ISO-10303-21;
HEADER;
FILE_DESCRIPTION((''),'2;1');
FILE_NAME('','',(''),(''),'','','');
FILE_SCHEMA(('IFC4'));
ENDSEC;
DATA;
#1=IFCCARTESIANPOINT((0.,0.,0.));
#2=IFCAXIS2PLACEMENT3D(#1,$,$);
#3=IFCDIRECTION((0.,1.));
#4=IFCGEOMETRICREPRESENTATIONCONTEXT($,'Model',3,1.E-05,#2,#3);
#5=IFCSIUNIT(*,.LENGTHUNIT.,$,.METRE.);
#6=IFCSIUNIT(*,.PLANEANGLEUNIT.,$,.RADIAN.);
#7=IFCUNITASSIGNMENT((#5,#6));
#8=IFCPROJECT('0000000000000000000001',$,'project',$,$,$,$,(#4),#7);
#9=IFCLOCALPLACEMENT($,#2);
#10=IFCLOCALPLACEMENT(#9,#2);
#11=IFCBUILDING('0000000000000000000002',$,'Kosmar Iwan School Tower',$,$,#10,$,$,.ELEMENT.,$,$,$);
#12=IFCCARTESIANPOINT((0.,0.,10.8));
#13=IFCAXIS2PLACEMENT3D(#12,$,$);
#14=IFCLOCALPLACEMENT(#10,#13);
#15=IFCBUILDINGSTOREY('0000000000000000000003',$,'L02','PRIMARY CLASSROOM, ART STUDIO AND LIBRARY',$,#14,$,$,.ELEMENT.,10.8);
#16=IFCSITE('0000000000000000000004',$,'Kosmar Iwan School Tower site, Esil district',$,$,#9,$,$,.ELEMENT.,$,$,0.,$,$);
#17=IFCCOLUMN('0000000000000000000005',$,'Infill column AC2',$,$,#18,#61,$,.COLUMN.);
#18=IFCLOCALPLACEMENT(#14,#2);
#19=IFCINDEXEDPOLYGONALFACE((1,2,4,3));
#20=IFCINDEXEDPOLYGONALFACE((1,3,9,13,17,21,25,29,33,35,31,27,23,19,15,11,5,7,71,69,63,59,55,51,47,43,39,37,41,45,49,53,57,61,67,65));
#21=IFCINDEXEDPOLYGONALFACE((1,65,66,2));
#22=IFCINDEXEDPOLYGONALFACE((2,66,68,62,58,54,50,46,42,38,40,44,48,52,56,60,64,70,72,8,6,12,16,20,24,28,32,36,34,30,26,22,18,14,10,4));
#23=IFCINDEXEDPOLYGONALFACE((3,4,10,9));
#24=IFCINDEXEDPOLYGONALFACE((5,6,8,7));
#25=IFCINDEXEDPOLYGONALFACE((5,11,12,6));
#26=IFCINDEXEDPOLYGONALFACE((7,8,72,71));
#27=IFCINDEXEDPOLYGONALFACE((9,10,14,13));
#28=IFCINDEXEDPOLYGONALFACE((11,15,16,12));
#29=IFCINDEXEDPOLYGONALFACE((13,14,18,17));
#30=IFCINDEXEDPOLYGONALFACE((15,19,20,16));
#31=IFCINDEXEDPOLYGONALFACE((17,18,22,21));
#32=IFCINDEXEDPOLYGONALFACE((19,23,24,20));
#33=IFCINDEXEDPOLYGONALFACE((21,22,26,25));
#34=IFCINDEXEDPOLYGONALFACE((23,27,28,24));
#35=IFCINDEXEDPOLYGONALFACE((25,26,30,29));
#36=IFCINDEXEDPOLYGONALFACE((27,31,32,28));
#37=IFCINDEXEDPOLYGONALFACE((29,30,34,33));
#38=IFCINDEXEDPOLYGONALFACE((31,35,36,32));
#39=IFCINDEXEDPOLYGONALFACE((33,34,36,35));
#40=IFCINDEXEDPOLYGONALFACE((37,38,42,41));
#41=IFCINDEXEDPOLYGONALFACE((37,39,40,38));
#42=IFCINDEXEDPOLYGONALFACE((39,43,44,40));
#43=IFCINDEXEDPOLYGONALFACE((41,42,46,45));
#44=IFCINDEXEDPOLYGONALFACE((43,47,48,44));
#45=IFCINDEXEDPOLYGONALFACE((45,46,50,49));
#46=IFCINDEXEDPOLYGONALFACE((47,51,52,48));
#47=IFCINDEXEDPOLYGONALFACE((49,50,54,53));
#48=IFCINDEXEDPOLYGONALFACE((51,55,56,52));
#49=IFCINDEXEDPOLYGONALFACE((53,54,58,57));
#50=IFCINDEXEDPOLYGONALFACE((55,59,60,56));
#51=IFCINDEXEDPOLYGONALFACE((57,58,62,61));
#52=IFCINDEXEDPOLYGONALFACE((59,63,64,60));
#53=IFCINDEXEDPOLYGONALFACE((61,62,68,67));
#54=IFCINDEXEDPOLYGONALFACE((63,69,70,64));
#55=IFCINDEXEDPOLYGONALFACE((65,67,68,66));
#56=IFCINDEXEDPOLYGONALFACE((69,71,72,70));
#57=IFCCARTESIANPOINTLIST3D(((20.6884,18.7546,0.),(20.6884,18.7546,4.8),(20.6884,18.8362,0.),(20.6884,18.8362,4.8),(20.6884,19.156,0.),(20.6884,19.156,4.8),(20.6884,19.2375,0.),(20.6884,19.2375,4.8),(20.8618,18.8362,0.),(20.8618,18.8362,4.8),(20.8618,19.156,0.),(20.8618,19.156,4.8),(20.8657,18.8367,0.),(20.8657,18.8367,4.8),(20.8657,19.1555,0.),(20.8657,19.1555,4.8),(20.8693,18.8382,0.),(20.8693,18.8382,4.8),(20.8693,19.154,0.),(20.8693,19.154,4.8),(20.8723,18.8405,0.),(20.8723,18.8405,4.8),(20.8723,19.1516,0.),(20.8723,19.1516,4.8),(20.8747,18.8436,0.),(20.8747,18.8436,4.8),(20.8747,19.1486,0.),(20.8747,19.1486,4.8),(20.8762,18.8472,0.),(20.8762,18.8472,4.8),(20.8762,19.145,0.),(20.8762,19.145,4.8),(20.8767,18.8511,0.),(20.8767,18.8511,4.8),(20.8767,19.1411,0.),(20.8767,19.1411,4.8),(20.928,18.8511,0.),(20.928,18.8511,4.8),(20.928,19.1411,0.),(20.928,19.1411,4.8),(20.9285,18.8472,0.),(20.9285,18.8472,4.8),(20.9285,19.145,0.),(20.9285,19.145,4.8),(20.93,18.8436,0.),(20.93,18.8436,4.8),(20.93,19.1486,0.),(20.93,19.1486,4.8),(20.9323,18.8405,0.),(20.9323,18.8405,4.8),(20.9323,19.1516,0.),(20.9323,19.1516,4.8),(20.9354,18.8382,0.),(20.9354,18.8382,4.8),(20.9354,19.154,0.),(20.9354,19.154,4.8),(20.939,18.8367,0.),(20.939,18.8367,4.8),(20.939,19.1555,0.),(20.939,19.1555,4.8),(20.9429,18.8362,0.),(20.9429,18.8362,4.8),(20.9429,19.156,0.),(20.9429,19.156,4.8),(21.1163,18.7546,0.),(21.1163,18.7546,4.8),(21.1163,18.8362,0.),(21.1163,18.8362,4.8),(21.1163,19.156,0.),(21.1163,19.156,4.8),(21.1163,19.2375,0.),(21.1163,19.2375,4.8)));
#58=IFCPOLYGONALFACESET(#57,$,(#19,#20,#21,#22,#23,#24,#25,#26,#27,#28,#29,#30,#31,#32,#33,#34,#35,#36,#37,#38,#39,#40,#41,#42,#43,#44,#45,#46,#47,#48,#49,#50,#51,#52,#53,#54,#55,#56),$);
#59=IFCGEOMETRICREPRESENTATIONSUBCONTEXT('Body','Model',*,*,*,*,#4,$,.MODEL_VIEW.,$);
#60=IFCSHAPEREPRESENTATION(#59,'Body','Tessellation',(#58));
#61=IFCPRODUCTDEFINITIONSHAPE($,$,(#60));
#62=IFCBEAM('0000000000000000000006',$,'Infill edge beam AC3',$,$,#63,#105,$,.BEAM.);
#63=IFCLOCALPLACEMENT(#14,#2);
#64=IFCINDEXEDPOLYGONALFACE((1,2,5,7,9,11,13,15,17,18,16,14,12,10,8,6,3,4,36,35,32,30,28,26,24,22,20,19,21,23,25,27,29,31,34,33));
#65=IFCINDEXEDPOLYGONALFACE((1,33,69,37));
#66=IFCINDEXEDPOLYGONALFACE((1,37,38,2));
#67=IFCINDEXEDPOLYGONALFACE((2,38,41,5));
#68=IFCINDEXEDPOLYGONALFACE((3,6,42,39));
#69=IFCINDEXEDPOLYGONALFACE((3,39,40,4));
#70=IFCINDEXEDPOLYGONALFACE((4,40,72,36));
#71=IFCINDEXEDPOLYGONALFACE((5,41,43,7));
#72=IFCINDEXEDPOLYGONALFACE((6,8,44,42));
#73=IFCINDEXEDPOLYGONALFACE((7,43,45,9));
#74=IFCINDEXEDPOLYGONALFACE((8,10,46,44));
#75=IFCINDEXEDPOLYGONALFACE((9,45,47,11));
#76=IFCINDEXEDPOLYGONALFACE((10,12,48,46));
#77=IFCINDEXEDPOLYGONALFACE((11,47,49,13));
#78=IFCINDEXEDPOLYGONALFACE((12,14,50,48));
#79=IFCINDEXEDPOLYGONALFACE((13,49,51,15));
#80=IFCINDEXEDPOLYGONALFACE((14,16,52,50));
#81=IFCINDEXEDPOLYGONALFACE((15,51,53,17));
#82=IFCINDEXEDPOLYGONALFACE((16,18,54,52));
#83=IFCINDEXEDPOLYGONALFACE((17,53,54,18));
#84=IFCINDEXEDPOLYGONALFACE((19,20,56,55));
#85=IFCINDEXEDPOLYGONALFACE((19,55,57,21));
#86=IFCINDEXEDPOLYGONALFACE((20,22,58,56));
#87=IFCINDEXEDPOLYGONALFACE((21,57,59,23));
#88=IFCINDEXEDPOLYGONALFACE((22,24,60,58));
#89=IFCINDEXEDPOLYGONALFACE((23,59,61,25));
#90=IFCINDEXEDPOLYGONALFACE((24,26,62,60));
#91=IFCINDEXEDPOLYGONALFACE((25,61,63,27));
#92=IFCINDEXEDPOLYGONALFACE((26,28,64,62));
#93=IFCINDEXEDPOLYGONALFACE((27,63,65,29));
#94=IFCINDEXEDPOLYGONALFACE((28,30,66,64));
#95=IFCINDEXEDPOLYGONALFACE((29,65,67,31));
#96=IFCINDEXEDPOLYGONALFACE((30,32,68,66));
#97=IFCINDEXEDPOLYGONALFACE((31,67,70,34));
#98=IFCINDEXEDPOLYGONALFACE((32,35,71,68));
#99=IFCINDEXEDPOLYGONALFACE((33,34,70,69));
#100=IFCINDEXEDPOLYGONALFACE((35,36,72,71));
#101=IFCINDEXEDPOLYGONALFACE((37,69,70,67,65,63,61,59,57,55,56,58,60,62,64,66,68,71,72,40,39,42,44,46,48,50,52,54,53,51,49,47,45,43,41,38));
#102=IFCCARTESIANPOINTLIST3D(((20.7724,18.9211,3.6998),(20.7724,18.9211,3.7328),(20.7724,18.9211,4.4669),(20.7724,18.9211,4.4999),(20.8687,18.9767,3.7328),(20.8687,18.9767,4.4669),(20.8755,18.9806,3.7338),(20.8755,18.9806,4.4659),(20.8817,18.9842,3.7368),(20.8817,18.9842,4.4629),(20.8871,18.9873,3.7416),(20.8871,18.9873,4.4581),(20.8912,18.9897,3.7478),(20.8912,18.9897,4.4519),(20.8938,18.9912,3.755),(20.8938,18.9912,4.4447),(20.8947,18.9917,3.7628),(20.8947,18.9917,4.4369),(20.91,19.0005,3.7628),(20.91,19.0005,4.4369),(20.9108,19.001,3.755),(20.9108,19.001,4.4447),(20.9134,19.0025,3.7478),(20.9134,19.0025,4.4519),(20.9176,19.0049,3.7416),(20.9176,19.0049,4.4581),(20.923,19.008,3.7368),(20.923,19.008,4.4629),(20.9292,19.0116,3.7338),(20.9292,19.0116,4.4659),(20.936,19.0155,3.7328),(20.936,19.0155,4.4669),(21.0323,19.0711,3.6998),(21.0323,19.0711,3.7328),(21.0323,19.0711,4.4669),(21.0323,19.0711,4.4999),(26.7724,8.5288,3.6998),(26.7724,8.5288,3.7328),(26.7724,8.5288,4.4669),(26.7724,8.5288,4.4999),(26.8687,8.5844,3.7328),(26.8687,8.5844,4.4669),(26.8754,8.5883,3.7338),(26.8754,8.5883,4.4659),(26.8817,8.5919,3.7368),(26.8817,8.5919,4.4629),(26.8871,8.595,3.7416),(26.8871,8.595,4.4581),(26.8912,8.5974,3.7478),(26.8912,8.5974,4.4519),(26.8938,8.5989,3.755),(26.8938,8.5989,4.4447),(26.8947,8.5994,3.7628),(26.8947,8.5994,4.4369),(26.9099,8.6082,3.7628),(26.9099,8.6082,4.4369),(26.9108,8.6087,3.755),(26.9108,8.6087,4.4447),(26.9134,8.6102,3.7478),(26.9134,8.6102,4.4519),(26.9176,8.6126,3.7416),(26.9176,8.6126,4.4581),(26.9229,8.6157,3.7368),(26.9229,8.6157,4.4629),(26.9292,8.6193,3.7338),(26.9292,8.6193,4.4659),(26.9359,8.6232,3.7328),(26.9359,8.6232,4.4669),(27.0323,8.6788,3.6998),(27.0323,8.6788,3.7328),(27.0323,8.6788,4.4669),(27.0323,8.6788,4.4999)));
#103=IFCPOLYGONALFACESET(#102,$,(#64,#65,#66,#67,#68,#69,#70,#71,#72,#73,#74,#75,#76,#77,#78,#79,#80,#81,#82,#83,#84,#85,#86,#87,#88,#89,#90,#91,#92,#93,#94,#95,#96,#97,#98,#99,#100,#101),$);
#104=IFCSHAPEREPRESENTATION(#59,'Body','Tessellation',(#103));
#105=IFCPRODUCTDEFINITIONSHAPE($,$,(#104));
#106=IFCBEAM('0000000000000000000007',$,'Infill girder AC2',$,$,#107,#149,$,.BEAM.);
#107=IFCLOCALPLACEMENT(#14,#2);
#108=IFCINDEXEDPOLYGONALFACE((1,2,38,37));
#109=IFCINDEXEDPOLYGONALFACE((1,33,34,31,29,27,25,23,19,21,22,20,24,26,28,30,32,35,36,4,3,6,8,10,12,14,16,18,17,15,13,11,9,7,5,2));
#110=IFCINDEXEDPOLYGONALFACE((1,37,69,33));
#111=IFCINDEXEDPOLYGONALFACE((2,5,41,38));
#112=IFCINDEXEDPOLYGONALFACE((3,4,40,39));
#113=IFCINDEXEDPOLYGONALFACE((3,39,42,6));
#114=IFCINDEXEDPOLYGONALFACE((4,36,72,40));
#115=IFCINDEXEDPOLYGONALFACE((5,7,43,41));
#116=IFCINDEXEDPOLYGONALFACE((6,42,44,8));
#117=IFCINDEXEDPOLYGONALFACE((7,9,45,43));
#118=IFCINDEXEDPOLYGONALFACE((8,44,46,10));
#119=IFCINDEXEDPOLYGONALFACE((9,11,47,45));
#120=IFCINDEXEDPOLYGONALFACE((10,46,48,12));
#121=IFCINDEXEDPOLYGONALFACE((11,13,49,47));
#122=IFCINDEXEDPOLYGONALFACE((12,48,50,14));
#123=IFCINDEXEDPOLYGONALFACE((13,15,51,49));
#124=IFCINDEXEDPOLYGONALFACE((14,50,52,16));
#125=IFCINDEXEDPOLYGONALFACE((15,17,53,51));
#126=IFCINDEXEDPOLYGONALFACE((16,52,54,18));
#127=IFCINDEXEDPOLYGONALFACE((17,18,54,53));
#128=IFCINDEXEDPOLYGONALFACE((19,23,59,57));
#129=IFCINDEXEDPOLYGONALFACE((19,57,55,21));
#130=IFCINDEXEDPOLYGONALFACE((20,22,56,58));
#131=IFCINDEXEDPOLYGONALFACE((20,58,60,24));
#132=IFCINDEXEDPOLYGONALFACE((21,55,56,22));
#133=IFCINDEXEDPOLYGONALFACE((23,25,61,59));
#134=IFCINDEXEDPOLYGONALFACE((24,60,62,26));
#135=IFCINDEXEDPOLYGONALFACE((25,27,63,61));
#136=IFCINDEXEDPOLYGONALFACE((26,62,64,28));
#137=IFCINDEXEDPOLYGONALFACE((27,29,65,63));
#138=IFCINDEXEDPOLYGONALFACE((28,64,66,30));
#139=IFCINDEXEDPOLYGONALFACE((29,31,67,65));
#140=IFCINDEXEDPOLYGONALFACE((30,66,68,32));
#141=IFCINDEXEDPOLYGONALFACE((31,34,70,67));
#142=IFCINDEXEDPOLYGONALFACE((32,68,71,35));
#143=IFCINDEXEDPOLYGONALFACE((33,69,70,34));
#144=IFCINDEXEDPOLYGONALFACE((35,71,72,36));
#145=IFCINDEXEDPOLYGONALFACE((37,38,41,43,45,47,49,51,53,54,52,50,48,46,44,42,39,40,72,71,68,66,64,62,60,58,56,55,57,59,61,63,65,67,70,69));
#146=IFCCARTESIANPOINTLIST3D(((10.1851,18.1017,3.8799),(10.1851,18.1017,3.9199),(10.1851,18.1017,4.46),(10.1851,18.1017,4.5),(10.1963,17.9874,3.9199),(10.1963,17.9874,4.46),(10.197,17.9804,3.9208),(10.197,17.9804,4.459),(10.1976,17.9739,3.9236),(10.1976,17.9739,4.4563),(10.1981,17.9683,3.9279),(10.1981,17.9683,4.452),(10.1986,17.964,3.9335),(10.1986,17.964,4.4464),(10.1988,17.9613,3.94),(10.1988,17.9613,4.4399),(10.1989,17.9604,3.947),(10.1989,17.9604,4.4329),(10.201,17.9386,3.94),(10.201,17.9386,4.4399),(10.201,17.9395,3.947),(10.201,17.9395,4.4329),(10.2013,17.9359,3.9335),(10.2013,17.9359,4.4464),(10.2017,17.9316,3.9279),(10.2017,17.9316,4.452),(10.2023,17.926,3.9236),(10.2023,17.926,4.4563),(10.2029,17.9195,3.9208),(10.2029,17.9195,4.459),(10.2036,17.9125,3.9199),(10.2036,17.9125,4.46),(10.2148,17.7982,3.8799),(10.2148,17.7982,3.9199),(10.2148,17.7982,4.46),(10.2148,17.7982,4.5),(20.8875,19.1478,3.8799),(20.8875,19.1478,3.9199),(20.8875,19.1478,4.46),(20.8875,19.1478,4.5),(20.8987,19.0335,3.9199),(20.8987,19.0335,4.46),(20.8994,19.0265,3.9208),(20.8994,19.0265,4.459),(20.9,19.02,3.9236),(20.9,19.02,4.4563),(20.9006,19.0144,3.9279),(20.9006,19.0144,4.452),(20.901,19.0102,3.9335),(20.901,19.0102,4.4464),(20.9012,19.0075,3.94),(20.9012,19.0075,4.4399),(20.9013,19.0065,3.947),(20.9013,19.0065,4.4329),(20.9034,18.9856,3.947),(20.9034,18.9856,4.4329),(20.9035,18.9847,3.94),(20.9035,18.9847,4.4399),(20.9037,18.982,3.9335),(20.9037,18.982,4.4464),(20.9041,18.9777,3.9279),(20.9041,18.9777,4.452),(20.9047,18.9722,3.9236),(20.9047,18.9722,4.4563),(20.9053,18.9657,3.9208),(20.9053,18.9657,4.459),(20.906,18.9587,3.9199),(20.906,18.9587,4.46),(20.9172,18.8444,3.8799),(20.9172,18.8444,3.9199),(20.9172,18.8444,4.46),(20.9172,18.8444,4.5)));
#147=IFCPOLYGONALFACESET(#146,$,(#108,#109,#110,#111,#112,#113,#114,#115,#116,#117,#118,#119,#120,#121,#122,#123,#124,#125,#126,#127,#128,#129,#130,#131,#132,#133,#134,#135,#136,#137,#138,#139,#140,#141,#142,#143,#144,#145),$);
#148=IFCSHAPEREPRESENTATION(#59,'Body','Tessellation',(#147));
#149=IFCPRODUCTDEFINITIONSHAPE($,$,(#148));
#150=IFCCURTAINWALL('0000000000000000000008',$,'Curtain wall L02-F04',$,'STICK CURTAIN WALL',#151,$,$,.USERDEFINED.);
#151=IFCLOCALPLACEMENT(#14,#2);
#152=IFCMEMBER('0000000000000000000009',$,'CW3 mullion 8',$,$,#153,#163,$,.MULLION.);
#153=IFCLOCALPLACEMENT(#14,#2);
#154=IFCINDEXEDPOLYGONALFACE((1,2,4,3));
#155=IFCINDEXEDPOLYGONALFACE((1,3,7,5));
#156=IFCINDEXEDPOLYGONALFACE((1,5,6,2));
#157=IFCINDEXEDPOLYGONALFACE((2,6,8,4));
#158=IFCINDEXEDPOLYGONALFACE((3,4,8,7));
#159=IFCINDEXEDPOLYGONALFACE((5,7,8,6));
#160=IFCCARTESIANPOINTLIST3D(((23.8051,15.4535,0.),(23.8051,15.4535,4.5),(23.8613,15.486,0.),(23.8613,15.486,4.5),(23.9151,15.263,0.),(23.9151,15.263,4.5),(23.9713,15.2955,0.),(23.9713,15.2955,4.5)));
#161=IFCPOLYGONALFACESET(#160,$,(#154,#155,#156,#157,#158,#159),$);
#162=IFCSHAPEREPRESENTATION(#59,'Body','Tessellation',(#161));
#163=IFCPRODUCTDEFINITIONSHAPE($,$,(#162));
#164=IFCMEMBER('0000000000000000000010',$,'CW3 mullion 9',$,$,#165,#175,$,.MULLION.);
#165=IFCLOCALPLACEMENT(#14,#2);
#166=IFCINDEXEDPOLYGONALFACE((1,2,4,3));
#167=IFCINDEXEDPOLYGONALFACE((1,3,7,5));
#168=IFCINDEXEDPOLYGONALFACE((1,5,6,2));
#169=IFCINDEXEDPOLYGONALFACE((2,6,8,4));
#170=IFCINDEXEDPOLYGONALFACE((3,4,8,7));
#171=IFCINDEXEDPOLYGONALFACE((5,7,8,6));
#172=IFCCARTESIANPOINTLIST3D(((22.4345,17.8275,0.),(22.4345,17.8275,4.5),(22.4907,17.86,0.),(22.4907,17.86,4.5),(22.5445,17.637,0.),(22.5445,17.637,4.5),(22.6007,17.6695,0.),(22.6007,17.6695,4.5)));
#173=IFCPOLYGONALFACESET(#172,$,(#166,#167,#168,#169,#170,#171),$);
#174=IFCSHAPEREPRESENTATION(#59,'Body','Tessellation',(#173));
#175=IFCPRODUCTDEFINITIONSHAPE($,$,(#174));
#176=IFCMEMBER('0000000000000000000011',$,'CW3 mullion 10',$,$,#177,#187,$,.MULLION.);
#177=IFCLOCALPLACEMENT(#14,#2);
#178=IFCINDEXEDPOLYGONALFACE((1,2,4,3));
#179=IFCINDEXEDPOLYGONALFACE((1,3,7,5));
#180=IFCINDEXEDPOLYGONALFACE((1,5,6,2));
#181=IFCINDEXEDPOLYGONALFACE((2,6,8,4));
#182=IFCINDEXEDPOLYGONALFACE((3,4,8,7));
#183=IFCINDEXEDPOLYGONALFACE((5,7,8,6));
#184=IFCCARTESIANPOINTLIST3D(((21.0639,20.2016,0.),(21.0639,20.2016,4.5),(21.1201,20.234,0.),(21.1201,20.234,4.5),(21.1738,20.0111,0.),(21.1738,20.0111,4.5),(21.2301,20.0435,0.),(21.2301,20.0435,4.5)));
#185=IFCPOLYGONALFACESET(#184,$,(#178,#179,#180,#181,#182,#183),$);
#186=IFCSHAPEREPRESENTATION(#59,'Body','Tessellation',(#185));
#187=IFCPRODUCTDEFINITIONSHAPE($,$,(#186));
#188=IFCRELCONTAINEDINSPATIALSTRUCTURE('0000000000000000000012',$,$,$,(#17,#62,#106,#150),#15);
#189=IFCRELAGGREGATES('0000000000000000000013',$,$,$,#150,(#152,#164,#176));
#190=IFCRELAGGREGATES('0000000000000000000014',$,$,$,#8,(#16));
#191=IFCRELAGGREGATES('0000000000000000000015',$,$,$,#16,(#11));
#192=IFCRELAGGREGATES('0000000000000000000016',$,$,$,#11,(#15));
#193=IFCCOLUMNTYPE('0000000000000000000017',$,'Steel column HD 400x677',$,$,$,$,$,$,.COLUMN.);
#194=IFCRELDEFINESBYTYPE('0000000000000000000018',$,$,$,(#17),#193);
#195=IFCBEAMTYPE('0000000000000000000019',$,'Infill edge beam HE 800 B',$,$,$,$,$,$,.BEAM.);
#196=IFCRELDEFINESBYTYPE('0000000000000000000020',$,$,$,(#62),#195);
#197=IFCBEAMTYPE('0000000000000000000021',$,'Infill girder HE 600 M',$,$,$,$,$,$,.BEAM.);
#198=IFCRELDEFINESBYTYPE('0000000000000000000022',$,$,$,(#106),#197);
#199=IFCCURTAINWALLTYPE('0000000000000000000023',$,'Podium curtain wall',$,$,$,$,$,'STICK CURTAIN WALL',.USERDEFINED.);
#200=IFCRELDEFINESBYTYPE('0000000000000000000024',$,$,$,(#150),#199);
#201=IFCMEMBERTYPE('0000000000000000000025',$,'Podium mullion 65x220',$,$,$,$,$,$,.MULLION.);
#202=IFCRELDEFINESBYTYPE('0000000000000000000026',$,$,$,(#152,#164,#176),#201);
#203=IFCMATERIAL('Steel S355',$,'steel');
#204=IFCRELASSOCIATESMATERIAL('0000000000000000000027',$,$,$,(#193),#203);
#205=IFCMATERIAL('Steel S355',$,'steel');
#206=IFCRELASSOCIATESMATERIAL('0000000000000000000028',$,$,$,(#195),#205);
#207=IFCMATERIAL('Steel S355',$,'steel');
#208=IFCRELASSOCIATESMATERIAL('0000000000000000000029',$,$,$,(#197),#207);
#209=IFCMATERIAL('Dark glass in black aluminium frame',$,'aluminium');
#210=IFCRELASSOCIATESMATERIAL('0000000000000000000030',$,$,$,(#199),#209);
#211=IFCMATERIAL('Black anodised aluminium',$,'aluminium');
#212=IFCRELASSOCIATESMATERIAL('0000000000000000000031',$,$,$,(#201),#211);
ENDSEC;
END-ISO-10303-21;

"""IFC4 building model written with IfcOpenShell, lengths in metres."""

from ifc_helpers import new_model, si_unit, direction, frame, origin, origin_2d, place, context, subcontext, project, spatial, rectangle, i_section, extrude, material, material_profile, profile_set, type_object, element, aggregate, save


model = new_model("IFC4")

# Units and contexts
model_context = context("Model", 3, precision=1e-05, world=origin(), true_north=direction((0.0, 1.0)))
body_context = subcontext(model_context, "Body", "Model", "MODEL_VIEW")
ifc_project = project(units=[si_unit("LENGTHUNIT", "METRE"), si_unit("PLANEANGLEUNIT", "RADIAN")], contexts=[model_context])

# Site, building, storey
site_placement = place(None, origin())
site = spatial("IfcSite", under=ifc_project, at=site_placement, Name="Kosmar Iwan School Tower site, Esil district", CompositionType="ELEMENT", RefElevation=0.0)
building_placement = place(site_placement, origin())
building = spatial("IfcBuilding", under=site, at=building_placement, Name="Kosmar Iwan School Tower", CompositionType="ELEMENT")
storey_placement = place(building_placement, frame((0.0, 0.0, 10.8)))
storey = spatial("IfcBuildingStorey", under=building, at=storey_placement, Name="L02", Description="PRIMARY CLASSROOM, ART STUDIO AND LIBRARY", CompositionType="ELEMENT", Elevation=10.8)

# Column
ifc_material_1 = material(Name="Steel S355", Category="steel")
ifc_material_profile_1 = material_profile(ifc_material_1, i_section(OverallWidth=0.428, OverallDepth=0.4829, WebThickness=0.0513, FlangeThickness=0.0815, FilletRadius=0.0149, at=origin_2d()), Name="HD 400x677")
ifc_profile_set_1 = profile_set([ifc_material_profile_1], Name="Steel S355")
column_type = type_object("IfcColumnType", Name="Steel column HD 400x677", PredefinedType="COLUMN", material=ifc_profile_set_1)
column_placement = place(storey_placement, frame((20.9023, 18.9961, 0.0), z_axis=(0.0, 0.0, 1.0), x_axis=(1.0, 0.0, 0.0)))
element("IfcColumn", 1, at=column_placement, inside=storey, type_object=column_type, Name="Infill column AC2", PredefinedType="COLUMN", context=body_context, shape_type="SweptSolid", body=[
    extrude(i_section(OverallWidth=0.428, OverallDepth=0.4829, WebThickness=0.0513, FlangeThickness=0.0815, FilletRadius=0.0149, at=origin_2d()), origin(), (0.0, 0.0, 1.0), 4.8),
])

# Beams
ifc_material_2 = material(Name="Steel S355", Category="steel")
ifc_material_profile_2 = material_profile(ifc_material_2, i_section(OverallWidth=0.3, OverallDepth=0.8, WebThickness=0.0176, FlangeThickness=0.033, FilletRadius=0.03, at=origin_2d()), Name="HE 800 B")
ifc_profile_set_2 = profile_set([ifc_material_profile_2], Name="Steel S355")
beam_type_1 = type_object("IfcBeamType", Name="Infill edge beam HE 800 B", PredefinedType="BEAM", material=ifc_profile_set_2)
beam_1_placement = place(storey_placement, frame((20.9023, 18.9961, 4.0999), z_axis=(0.499999, -0.866026, 0.0), x_axis=(0.866026, 0.499999, 0.0)))
element("IfcBeam", 2, at=beam_1_placement, inside=storey, type_object=beam_type_1, Name="Infill edge beam AC3", PredefinedType="BEAM", context=body_context, shape_type="SweptSolid", body=[
    extrude(i_section(OverallWidth=0.3, OverallDepth=0.8, WebThickness=0.0176, FlangeThickness=0.033, FilletRadius=0.03, at=origin_2d()), origin(), (0.0, 0.0, 1.0), 12.0),
])
ifc_material_3 = material(Name="Steel S355", Category="steel")
ifc_material_profile_3 = material_profile(ifc_material_3, i_section(OverallWidth=0.3049, OverallDepth=0.6201, WebThickness=0.021, FlangeThickness=0.04, FilletRadius=0.0271, at=origin_2d()), Name="HE 600 M")
ifc_profile_set_3 = profile_set([ifc_material_profile_3], Name="Steel S355")
beam_type_2 = type_object("IfcBeamType", Name="Infill girder HE 600 M", PredefinedType="BEAM", material=ifc_profile_set_3)
beam_2_placement = place(storey_placement, frame((20.9023, 18.9961, 4.1899), z_axis=(-0.995257, -0.097285, 0.0), x_axis=(0.097285, -0.995257, 0.0)))
element("IfcBeam", 3, at=beam_2_placement, inside=storey, type_object=beam_type_2, Name="Infill girder AC2", PredefinedType="BEAM", context=body_context, shape_type="SweptSolid", body=[
    extrude(i_section(OverallWidth=0.3049, OverallDepth=0.6201, WebThickness=0.021, FlangeThickness=0.04, FilletRadius=0.0271, at=origin_2d()), origin(), (0.0, 0.0, 1.0), 10.7534),
])

# Curtain wall, members
ifc_material_4 = material(Name="Dark glass in black aluminium frame", Category="aluminium")
curtain_wall_type = type_object("IfcCurtainWallType", Name="Podium curtain wall", ElementType="STICK CURTAIN WALL", PredefinedType="USERDEFINED", material=ifc_material_4)
curtain_wall_placement = place(storey_placement, origin())
curtain_wall = element("IfcCurtainWall", 4, at=curtain_wall_placement, inside=storey, type_object=curtain_wall_type, Name="Curtain wall L02-F04", ObjectType="STICK CURTAIN WALL", PredefinedType="USERDEFINED")
ifc_material_5 = material(Name="Black anodised aluminium", Category="aluminium")
ifc_material_profile_4 = material_profile(ifc_material_5, rectangle(XDim=0.0649, YDim=0.22, at=origin_2d()), Name="MULLION 65x220")
ifc_profile_set_4 = profile_set([ifc_material_profile_4], Name="Black anodised aluminium")
member_type_1 = type_object("IfcMemberType", Name="Podium mullion 65x220", PredefinedType="MULLION", material=ifc_profile_set_4)
member_1_placement = place(storey_placement, frame((23.8882, 15.3745, 0.0), z_axis=(0.0, 0.0, 1.0), x_axis=(-0.866025, -0.5, 0.0)))
member_1 = element("IfcMember", 5, at=member_1_placement, type_object=member_type_1, Name="CW3 mullion 8", PredefinedType="MULLION", context=body_context, shape_type="SweptSolid", body=[
    extrude(rectangle(XDim=0.0649, YDim=0.22, at=origin_2d()), origin(), (0.0, 0.0, 1.0), 4.5),
])
member_2_placement = place(storey_placement, frame((22.5176, 17.7485, 0.0), z_axis=(0.0, 0.0, 1.0), x_axis=(-0.866025, -0.5, 0.0)))
member_2 = element("IfcMember", 6, at=member_2_placement, type_object=member_type_1, Name="CW3 mullion 9", PredefinedType="MULLION", context=body_context, shape_type="SweptSolid", body=[
    extrude(rectangle(XDim=0.0649, YDim=0.22, at=origin_2d()), origin(), (0.0, 0.0, 1.0), 4.5),
])
member_3_placement = place(storey_placement, frame((21.147, 20.1226, 0.0), z_axis=(0.0, 0.0, 1.0), x_axis=(-0.866025, -0.5, 0.0)))
member_3 = element("IfcMember", 7, at=member_3_placement, type_object=member_type_1, Name="CW3 mullion 10", PredefinedType="MULLION", context=body_context, shape_type="SweptSolid", body=[
    extrude(rectangle(XDim=0.0649, YDim=0.22, at=origin_2d()), origin(), (0.0, 0.0, 1.0), 4.5),
])
aggregate(curtain_wall, [member_1, member_2, member_3])

save(model, "model.ifc")
